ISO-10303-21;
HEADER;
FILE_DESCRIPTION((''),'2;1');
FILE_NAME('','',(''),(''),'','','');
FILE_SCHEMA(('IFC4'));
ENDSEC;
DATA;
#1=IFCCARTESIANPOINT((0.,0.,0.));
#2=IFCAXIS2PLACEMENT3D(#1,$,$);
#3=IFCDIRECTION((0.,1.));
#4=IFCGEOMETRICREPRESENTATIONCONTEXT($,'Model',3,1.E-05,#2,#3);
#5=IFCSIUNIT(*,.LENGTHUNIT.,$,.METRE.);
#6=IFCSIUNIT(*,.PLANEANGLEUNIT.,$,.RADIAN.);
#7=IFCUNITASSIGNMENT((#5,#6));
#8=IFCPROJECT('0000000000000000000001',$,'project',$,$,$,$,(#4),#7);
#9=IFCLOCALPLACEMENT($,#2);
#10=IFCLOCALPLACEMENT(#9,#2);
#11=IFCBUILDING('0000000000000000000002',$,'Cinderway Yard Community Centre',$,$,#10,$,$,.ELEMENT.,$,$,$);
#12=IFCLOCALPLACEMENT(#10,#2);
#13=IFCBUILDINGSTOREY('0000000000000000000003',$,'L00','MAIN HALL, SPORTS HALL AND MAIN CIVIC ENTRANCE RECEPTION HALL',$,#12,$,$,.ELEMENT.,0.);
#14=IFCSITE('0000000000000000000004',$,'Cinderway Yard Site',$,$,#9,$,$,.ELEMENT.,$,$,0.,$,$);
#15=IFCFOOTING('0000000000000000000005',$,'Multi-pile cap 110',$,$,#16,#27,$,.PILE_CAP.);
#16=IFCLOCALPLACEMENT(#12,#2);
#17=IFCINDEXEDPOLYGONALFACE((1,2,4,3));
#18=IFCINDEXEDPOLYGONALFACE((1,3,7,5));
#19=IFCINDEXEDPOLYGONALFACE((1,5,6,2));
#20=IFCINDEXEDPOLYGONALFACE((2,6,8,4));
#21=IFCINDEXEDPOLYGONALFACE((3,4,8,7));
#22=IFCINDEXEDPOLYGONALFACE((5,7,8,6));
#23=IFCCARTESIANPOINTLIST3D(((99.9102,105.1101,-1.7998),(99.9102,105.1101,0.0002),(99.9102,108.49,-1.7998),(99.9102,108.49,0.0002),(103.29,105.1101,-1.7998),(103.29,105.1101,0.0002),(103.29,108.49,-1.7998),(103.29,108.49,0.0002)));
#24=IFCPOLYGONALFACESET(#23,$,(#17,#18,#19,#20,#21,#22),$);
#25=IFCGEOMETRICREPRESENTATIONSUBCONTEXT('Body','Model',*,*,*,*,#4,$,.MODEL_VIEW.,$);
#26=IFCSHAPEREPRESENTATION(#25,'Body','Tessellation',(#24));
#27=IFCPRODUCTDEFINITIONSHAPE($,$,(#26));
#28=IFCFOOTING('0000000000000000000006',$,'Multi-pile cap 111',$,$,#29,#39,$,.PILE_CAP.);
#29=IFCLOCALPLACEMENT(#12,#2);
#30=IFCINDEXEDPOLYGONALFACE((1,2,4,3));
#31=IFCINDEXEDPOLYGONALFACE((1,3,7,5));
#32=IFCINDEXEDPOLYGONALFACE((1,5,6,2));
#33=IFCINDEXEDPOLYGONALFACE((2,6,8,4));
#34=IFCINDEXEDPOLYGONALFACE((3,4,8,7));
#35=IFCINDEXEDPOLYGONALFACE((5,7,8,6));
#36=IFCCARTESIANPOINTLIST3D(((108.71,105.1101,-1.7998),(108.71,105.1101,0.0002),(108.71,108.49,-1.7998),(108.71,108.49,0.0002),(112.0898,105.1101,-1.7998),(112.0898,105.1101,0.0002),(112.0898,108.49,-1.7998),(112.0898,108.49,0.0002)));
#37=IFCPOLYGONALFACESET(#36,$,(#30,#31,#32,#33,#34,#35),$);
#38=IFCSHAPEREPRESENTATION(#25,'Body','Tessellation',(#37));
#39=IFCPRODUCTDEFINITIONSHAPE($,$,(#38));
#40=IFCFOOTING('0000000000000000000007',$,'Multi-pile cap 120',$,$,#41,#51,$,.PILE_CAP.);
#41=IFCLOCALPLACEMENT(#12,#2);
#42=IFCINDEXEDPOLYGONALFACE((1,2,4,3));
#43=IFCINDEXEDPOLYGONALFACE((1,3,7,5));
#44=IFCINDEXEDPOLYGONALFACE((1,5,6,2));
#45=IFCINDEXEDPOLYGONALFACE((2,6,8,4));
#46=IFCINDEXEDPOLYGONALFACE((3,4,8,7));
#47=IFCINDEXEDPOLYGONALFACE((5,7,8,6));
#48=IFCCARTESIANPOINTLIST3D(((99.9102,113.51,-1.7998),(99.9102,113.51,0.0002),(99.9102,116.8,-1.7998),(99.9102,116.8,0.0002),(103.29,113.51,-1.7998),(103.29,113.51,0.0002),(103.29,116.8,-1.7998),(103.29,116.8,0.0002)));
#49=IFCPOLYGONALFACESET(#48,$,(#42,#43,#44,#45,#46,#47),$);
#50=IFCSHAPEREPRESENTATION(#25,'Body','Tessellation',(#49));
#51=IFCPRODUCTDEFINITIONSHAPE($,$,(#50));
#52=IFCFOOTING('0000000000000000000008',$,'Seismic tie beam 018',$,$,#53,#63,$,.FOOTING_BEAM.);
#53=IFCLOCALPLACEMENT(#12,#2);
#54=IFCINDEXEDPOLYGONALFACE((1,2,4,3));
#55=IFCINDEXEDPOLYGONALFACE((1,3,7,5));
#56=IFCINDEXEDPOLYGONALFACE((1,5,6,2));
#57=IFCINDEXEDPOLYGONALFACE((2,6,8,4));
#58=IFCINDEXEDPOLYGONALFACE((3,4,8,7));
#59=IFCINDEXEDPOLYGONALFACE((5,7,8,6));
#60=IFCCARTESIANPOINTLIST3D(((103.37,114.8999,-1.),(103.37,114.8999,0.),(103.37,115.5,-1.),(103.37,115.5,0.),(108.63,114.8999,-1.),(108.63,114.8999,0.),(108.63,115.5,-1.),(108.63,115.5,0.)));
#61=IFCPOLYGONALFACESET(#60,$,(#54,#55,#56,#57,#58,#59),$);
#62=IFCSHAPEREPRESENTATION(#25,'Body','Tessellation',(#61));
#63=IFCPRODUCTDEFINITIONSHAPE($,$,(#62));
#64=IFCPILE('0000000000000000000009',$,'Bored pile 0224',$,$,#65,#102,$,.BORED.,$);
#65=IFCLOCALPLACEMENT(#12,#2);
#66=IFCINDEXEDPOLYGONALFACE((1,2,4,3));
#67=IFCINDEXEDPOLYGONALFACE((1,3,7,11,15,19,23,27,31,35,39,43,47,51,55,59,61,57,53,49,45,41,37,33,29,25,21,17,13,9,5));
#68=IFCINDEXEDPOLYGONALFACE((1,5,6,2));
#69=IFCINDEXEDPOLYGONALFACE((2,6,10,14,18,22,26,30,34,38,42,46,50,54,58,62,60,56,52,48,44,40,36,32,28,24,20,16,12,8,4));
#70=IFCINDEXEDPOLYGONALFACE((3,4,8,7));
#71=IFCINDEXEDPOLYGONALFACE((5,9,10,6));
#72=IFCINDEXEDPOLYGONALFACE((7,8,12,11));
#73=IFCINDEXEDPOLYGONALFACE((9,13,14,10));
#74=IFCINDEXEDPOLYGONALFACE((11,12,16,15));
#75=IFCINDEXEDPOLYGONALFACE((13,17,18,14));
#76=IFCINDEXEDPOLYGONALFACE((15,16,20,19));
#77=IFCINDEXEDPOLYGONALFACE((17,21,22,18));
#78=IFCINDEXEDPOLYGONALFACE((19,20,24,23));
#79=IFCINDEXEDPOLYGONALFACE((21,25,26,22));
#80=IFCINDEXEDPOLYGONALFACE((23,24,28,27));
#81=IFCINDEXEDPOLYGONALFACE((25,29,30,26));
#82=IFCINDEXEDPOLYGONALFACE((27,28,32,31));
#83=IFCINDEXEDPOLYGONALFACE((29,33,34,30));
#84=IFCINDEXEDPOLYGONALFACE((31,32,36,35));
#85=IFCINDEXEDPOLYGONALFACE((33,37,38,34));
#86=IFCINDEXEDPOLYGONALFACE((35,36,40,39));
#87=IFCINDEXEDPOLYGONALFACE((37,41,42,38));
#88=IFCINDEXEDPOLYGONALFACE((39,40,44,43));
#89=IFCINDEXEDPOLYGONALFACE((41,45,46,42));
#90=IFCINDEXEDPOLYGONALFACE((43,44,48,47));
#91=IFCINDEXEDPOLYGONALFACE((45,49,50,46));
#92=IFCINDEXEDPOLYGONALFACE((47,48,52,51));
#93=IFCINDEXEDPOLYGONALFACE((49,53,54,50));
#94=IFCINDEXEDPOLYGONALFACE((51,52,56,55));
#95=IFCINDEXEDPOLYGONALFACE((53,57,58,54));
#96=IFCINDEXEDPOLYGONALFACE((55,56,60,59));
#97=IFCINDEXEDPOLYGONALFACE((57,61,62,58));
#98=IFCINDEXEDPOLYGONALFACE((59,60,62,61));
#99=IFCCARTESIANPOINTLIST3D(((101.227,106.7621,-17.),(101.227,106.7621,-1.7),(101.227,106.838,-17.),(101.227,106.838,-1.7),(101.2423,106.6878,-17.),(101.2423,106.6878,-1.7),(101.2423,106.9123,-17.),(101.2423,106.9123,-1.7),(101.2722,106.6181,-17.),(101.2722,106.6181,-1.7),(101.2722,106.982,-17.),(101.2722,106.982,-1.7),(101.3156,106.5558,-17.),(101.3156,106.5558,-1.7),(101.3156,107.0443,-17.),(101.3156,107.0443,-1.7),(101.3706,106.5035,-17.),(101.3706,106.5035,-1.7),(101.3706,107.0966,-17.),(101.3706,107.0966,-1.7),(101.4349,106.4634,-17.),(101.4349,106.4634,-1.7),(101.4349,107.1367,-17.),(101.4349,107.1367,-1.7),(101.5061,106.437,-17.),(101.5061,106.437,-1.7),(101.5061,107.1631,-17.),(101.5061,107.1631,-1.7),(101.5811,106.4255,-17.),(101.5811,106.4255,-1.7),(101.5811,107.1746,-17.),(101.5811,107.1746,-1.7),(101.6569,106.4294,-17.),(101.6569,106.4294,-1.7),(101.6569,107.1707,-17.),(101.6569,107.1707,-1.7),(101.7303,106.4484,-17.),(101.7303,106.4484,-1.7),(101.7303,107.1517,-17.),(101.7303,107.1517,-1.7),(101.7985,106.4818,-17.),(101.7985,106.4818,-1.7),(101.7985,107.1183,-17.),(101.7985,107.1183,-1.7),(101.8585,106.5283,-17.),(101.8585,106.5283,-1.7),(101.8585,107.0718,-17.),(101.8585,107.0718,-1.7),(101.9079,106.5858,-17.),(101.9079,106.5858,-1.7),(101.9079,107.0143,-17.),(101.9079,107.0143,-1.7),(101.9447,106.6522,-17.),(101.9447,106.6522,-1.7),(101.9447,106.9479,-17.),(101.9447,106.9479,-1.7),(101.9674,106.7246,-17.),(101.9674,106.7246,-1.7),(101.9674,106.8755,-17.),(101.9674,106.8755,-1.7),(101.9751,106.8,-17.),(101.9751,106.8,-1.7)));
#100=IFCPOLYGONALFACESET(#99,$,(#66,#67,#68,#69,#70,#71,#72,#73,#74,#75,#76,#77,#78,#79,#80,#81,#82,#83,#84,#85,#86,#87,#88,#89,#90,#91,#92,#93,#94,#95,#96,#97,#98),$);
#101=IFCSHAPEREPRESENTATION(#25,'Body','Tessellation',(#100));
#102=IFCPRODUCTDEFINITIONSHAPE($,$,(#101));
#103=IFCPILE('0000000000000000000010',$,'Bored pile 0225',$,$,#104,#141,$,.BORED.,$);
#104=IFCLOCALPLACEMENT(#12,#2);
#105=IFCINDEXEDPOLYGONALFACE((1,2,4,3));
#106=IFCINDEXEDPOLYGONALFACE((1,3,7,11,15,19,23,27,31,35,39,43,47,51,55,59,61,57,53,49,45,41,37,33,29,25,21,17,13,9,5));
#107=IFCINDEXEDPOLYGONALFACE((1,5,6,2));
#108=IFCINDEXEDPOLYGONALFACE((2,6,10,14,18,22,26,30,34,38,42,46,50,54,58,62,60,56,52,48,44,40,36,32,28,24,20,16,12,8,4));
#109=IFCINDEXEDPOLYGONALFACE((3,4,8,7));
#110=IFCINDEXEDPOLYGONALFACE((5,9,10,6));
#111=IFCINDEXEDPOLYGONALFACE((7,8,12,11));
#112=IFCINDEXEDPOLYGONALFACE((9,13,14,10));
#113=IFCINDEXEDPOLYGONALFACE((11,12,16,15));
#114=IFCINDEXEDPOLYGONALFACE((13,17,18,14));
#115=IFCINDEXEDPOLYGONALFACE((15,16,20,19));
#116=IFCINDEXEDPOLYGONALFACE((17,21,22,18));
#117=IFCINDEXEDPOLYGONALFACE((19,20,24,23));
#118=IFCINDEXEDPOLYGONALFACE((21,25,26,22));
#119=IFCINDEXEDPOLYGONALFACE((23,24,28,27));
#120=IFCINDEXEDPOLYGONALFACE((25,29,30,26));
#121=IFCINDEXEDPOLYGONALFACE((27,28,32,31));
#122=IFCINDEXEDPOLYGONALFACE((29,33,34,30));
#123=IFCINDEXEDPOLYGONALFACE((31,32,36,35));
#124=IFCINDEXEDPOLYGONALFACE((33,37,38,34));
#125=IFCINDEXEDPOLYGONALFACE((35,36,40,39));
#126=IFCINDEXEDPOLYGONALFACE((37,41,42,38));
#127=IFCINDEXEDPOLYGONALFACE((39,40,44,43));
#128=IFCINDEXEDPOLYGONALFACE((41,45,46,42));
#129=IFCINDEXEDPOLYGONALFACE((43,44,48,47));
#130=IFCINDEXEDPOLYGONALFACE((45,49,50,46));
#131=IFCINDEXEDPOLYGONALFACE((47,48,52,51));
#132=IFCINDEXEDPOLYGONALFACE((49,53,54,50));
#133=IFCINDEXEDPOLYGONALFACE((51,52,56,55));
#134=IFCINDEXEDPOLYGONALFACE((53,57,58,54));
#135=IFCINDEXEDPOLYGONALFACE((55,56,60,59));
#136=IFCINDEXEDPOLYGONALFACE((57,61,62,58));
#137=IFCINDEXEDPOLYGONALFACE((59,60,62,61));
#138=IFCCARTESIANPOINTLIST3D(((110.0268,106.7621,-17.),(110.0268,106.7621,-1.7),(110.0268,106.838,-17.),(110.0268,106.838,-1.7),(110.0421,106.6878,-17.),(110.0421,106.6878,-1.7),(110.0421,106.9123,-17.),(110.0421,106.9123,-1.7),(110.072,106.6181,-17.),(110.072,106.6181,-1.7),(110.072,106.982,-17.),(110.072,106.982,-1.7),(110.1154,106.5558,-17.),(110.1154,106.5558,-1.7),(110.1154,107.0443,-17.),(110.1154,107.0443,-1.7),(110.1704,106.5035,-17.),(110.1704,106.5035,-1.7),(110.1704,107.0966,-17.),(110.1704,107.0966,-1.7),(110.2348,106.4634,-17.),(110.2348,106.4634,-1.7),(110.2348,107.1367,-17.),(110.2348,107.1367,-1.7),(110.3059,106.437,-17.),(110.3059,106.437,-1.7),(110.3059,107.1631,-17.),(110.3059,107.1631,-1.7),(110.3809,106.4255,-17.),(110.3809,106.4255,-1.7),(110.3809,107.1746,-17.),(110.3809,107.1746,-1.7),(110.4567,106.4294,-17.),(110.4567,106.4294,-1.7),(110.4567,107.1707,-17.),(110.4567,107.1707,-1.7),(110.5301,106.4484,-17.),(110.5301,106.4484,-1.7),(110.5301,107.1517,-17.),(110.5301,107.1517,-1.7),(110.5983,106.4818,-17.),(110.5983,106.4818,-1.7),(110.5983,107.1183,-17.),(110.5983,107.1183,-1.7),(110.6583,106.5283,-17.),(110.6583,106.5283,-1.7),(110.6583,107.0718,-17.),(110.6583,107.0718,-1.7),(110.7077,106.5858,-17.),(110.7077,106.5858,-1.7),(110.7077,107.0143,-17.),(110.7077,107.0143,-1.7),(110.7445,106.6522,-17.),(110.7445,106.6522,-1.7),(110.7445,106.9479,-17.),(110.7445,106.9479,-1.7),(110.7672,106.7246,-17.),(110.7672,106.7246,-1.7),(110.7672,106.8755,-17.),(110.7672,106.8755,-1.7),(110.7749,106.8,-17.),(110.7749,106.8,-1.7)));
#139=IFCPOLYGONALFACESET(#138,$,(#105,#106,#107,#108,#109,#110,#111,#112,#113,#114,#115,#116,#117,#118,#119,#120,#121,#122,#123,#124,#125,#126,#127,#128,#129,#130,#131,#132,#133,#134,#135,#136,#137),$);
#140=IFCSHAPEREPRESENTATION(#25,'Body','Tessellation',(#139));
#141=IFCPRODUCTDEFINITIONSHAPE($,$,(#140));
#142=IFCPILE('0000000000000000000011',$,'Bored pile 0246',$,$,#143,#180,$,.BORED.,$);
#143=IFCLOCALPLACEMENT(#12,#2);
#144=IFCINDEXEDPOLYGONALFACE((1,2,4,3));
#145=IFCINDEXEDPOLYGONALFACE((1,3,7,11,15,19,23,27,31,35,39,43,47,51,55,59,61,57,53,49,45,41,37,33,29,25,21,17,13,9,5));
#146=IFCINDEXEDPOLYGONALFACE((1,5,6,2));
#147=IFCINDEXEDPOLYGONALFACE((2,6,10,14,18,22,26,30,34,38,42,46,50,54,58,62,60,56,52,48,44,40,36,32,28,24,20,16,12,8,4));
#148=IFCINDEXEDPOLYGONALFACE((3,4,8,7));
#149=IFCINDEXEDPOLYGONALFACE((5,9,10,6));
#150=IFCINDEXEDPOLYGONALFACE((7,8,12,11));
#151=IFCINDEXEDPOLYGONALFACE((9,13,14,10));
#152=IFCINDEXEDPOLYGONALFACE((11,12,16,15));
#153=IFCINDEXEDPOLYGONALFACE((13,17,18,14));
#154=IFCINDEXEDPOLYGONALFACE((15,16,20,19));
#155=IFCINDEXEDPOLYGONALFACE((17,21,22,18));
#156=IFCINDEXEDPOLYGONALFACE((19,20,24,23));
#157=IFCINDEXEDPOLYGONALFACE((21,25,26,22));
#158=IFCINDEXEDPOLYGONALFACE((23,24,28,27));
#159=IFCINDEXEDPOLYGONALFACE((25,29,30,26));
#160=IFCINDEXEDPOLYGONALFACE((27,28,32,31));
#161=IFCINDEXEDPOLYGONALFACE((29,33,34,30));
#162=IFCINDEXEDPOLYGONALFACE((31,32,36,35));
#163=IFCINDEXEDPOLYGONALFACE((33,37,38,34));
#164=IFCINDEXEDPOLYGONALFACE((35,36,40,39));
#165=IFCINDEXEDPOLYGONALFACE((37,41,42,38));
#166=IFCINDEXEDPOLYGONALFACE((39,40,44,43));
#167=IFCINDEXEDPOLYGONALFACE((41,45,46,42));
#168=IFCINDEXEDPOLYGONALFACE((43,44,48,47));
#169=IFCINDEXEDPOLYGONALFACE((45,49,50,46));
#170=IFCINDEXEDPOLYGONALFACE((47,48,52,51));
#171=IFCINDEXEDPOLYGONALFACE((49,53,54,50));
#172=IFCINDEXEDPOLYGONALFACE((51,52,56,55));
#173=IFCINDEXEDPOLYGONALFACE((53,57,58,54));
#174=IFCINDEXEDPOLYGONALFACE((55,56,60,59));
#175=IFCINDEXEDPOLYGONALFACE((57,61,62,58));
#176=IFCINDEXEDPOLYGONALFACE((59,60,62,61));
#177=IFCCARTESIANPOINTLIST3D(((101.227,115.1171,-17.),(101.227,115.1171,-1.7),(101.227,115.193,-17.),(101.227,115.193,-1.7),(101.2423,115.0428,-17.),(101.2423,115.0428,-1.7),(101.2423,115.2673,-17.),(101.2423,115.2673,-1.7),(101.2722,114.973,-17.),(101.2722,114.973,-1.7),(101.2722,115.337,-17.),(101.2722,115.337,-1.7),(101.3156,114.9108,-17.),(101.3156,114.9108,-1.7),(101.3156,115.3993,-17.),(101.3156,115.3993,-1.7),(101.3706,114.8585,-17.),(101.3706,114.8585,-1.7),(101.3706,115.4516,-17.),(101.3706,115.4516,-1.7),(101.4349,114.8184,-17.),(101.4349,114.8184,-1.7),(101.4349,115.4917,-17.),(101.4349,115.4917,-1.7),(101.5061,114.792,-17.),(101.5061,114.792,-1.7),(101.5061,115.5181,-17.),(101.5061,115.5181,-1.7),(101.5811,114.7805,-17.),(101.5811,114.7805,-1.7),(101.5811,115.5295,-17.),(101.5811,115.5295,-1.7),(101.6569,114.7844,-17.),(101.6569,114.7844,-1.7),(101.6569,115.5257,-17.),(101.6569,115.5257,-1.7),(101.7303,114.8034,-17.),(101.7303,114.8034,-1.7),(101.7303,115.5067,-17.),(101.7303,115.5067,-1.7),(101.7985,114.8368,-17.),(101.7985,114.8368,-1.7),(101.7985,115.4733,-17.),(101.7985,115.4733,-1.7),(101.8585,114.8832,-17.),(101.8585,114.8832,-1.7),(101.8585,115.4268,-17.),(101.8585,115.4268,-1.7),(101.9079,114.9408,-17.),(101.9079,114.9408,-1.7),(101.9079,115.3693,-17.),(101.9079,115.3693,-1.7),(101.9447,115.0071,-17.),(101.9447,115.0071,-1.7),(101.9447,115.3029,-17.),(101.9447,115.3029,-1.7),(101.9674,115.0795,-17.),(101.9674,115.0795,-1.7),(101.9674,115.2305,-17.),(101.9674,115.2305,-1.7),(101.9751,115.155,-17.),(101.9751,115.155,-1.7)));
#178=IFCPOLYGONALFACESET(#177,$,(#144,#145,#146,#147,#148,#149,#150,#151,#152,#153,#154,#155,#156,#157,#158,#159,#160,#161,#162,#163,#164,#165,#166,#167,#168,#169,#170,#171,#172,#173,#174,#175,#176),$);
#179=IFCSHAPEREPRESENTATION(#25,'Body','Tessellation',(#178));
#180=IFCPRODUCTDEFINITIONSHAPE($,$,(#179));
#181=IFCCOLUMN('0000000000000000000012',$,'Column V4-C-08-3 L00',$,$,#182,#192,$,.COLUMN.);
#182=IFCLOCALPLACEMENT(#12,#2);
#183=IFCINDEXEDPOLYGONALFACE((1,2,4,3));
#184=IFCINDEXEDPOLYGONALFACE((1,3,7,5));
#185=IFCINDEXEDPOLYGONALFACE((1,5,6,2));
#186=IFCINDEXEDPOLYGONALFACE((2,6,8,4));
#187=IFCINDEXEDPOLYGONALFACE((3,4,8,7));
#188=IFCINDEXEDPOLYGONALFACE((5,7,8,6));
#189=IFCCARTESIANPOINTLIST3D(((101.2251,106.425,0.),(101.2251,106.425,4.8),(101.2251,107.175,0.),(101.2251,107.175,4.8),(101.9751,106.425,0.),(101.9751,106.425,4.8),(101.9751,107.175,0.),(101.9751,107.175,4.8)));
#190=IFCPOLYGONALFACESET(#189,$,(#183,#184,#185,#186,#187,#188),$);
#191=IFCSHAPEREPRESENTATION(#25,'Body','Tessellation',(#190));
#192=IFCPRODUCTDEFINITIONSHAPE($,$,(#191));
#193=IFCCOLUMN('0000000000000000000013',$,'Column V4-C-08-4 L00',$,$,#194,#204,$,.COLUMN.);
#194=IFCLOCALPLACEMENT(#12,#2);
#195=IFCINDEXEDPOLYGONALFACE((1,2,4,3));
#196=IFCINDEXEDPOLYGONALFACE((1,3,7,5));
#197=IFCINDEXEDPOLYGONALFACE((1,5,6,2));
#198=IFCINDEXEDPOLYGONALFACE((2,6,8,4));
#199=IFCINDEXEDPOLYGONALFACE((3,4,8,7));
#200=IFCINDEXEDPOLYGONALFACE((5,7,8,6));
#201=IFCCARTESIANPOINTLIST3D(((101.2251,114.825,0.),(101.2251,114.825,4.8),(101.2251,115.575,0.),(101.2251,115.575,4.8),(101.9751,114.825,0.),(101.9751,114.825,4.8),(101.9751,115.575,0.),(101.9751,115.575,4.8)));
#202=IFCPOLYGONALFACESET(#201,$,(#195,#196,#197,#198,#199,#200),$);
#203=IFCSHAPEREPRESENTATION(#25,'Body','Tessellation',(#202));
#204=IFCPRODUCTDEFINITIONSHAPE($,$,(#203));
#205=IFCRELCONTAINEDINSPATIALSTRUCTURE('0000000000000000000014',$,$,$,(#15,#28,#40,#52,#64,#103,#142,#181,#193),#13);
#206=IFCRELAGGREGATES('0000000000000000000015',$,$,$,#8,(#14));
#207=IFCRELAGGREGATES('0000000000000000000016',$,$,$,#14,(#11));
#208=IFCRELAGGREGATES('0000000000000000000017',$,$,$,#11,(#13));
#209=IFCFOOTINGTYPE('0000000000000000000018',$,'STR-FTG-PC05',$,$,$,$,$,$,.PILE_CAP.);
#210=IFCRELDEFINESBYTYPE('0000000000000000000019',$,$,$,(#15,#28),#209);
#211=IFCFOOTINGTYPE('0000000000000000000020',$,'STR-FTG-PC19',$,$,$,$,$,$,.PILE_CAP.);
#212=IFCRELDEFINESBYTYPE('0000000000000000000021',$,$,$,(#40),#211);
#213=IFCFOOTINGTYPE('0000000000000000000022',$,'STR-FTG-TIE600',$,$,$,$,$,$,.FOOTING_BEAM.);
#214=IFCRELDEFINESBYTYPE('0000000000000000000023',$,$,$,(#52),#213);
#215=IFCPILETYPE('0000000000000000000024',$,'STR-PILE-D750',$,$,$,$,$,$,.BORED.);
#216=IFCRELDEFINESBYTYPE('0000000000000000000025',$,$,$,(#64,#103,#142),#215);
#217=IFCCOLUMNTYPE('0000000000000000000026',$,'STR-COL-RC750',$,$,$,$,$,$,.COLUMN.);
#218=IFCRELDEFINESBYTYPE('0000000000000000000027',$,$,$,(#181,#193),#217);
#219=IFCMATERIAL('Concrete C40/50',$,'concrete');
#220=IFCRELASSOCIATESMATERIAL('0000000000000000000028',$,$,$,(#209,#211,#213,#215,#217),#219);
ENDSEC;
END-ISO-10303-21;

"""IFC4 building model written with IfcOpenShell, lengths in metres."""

from ifc_helpers import new_model, si_unit, direction, frame, origin, origin_2d, place, context, subcontext, project, spatial, rectangle, circle, extrude, material, material_profile, profile_set, type_object, element, save


model = new_model("IFC4")

# Units and contexts
model_context = context("Model", 3, precision=1e-05, world=origin(), true_north=direction((0.0, 1.0)))
body_context = subcontext(model_context, "Body", "Model", "MODEL_VIEW")
ifc_project = project(units=[si_unit("LENGTHUNIT", "METRE"), si_unit("PLANEANGLEUNIT", "RADIAN")], contexts=[model_context])

# Site, building, storey
site_placement = place(None, origin())
site = spatial("IfcSite", under=ifc_project, at=site_placement, Name="Cinderway Yard Site", CompositionType="ELEMENT", RefElevation=0.0)
building_placement = place(site_placement, origin())
building = spatial("IfcBuilding", under=site, at=building_placement, Name="Cinderway Yard Community Centre", CompositionType="ELEMENT")
storey_placement = place(building_placement, origin())
storey = spatial("IfcBuildingStorey", under=building, at=storey_placement, Name="L00", Description="MAIN HALL, SPORTS HALL AND MAIN CIVIC ENTRANCE RECEPTION HALL", CompositionType="ELEMENT", Elevation=0.0)

# Footings
ifc_material_1 = material(Name="Concrete C40/50", Category="concrete")
footing_type_1 = type_object("IfcFootingType", Name="STR-FTG-PC05", PredefinedType="PILE_CAP", material=ifc_material_1)
for number, where, z_axis, x_axis, name in (
    (1, (101.6001, 106.8, -1.7998), (0.0, 0.0, 1.0), (1.0, 0.0, 0.0), "Multi-pile cap 110"),
    (2, (110.3999, 106.8, -1.7998), (0.0, 0.0, 1.0), (1.0, 0.0, 0.0), "Multi-pile cap 111"),
):
    element("IfcFooting", number, at=place(storey_placement, frame(where, z_axis=z_axis, x_axis=x_axis)), inside=storey, type_object=footing_type_1, Name=name, PredefinedType="PILE_CAP", context=body_context, shape_type="SweptSolid", body=[
        extrude(rectangle(XDim=3.3799, YDim=3.3799, at=origin_2d()), origin(), (0.0, 0.0, 1.0), 1.8),
    ])
footing_type_2 = type_object("IfcFootingType", Name="STR-FTG-PC19", PredefinedType="PILE_CAP", material=ifc_material_1)
footing_1_placement = place(storey_placement, frame((101.6001, 115.155, -1.7998), z_axis=(0.0, 0.0, 1.0), x_axis=(1.0, 0.0, 0.0)))
element("IfcFooting", 3, at=footing_1_placement, inside=storey, type_object=footing_type_2, Name="Multi-pile cap 120", PredefinedType="PILE_CAP", context=body_context, shape_type="SweptSolid", body=[
    extrude(rectangle(XDim=3.3799, YDim=3.29, at=origin_2d()), origin(), (0.0, 0.0, 1.0), 1.8),
])
footing_type_3 = type_object("IfcFootingType", Name="STR-FTG-TIE600", PredefinedType="FOOTING_BEAM", material=ifc_material_1)
footing_2_placement = place(storey_placement, frame((106.0, 115.2, -1.0), z_axis=(0.0, 0.0, 1.0), x_axis=(1.0, 0.0, 0.0)))
element("IfcFooting", 4, at=footing_2_placement, inside=storey, type_object=footing_type_3, Name="Seismic tie beam 018", PredefinedType="FOOTING_BEAM", context=body_context, shape_type="SweptSolid", body=[
    extrude(rectangle(XDim=5.26, YDim=0.6001, at=origin_2d()), origin(), (0.0, 0.0, 1.0), 1.0),
])

# Piles
ifc_material_profile_1 = material_profile(ifc_material_1, circle(Radius=0.375, at=origin_2d()), Name="Concrete C40/50")
ifc_profile_set_1 = profile_set([ifc_material_profile_1], Name="Concrete C40/50")
pile_type = type_object("IfcPileType", Name="STR-PILE-D750", PredefinedType="BORED", material=ifc_profile_set_1)
for number, where, z_axis, x_axis, name in (
    (5, (101.6001, 106.8, -1.7), (0.0, 0.0, -1.0), (1.0, 0.0, 0.0), "Bored pile 0224"),
    (6, (110.3999, 106.8, -1.7), (0.0, 0.0, -1.0), (1.0, 0.0, 0.0), "Bored pile 0225"),
    (7, (101.6001, 115.155, -1.7), (0.0, 0.0, -1.0), (1.0, 0.0, 0.0), "Bored pile 0246"),
):
    element("IfcPile", number, at=place(storey_placement, frame(where, z_axis=z_axis, x_axis=x_axis)), inside=storey, type_object=pile_type, Name=name, PredefinedType="BORED", context=body_context, shape_type="SweptSolid", body=[
        extrude(circle(Radius=0.375, at=origin_2d()), origin(), (0.0, 0.0, 1.0), 15.3),
    ])

# Columns
ifc_material_profile_2 = material_profile(ifc_material_1, rectangle(XDim=0.75, YDim=0.75, at=origin_2d()), Name="Concrete C40/50")
ifc_profile_set_2 = profile_set([ifc_material_profile_2], Name="Concrete C40/50")
column_type = type_object("IfcColumnType", Name="STR-COL-RC750", PredefinedType="COLUMN", material=ifc_profile_set_2)
for number, where, z_axis, x_axis, name in (
    (8, (101.6001, 106.8, 0.0), (0.0, 0.0, 1.0), (1.0, 0.0, 0.0), "Column V4-C-08-3 L00"),
    (9, (101.6001, 115.2, 0.0), (0.0, 0.0, 1.0), (1.0, 0.0, 0.0), "Column V4-C-08-4 L00"),
):
    element("IfcColumn", number, at=place(storey_placement, frame(where, z_axis=z_axis, x_axis=x_axis)), inside=storey, type_object=column_type, Name=name, PredefinedType="COLUMN", context=body_context, shape_type="SweptSolid", body=[
        extrude(rectangle(XDim=0.75, YDim=0.75, at=origin_2d()), origin(), (0.0, 0.0, 1.0), 4.8),
    ])

save(model, "model.ifc")
